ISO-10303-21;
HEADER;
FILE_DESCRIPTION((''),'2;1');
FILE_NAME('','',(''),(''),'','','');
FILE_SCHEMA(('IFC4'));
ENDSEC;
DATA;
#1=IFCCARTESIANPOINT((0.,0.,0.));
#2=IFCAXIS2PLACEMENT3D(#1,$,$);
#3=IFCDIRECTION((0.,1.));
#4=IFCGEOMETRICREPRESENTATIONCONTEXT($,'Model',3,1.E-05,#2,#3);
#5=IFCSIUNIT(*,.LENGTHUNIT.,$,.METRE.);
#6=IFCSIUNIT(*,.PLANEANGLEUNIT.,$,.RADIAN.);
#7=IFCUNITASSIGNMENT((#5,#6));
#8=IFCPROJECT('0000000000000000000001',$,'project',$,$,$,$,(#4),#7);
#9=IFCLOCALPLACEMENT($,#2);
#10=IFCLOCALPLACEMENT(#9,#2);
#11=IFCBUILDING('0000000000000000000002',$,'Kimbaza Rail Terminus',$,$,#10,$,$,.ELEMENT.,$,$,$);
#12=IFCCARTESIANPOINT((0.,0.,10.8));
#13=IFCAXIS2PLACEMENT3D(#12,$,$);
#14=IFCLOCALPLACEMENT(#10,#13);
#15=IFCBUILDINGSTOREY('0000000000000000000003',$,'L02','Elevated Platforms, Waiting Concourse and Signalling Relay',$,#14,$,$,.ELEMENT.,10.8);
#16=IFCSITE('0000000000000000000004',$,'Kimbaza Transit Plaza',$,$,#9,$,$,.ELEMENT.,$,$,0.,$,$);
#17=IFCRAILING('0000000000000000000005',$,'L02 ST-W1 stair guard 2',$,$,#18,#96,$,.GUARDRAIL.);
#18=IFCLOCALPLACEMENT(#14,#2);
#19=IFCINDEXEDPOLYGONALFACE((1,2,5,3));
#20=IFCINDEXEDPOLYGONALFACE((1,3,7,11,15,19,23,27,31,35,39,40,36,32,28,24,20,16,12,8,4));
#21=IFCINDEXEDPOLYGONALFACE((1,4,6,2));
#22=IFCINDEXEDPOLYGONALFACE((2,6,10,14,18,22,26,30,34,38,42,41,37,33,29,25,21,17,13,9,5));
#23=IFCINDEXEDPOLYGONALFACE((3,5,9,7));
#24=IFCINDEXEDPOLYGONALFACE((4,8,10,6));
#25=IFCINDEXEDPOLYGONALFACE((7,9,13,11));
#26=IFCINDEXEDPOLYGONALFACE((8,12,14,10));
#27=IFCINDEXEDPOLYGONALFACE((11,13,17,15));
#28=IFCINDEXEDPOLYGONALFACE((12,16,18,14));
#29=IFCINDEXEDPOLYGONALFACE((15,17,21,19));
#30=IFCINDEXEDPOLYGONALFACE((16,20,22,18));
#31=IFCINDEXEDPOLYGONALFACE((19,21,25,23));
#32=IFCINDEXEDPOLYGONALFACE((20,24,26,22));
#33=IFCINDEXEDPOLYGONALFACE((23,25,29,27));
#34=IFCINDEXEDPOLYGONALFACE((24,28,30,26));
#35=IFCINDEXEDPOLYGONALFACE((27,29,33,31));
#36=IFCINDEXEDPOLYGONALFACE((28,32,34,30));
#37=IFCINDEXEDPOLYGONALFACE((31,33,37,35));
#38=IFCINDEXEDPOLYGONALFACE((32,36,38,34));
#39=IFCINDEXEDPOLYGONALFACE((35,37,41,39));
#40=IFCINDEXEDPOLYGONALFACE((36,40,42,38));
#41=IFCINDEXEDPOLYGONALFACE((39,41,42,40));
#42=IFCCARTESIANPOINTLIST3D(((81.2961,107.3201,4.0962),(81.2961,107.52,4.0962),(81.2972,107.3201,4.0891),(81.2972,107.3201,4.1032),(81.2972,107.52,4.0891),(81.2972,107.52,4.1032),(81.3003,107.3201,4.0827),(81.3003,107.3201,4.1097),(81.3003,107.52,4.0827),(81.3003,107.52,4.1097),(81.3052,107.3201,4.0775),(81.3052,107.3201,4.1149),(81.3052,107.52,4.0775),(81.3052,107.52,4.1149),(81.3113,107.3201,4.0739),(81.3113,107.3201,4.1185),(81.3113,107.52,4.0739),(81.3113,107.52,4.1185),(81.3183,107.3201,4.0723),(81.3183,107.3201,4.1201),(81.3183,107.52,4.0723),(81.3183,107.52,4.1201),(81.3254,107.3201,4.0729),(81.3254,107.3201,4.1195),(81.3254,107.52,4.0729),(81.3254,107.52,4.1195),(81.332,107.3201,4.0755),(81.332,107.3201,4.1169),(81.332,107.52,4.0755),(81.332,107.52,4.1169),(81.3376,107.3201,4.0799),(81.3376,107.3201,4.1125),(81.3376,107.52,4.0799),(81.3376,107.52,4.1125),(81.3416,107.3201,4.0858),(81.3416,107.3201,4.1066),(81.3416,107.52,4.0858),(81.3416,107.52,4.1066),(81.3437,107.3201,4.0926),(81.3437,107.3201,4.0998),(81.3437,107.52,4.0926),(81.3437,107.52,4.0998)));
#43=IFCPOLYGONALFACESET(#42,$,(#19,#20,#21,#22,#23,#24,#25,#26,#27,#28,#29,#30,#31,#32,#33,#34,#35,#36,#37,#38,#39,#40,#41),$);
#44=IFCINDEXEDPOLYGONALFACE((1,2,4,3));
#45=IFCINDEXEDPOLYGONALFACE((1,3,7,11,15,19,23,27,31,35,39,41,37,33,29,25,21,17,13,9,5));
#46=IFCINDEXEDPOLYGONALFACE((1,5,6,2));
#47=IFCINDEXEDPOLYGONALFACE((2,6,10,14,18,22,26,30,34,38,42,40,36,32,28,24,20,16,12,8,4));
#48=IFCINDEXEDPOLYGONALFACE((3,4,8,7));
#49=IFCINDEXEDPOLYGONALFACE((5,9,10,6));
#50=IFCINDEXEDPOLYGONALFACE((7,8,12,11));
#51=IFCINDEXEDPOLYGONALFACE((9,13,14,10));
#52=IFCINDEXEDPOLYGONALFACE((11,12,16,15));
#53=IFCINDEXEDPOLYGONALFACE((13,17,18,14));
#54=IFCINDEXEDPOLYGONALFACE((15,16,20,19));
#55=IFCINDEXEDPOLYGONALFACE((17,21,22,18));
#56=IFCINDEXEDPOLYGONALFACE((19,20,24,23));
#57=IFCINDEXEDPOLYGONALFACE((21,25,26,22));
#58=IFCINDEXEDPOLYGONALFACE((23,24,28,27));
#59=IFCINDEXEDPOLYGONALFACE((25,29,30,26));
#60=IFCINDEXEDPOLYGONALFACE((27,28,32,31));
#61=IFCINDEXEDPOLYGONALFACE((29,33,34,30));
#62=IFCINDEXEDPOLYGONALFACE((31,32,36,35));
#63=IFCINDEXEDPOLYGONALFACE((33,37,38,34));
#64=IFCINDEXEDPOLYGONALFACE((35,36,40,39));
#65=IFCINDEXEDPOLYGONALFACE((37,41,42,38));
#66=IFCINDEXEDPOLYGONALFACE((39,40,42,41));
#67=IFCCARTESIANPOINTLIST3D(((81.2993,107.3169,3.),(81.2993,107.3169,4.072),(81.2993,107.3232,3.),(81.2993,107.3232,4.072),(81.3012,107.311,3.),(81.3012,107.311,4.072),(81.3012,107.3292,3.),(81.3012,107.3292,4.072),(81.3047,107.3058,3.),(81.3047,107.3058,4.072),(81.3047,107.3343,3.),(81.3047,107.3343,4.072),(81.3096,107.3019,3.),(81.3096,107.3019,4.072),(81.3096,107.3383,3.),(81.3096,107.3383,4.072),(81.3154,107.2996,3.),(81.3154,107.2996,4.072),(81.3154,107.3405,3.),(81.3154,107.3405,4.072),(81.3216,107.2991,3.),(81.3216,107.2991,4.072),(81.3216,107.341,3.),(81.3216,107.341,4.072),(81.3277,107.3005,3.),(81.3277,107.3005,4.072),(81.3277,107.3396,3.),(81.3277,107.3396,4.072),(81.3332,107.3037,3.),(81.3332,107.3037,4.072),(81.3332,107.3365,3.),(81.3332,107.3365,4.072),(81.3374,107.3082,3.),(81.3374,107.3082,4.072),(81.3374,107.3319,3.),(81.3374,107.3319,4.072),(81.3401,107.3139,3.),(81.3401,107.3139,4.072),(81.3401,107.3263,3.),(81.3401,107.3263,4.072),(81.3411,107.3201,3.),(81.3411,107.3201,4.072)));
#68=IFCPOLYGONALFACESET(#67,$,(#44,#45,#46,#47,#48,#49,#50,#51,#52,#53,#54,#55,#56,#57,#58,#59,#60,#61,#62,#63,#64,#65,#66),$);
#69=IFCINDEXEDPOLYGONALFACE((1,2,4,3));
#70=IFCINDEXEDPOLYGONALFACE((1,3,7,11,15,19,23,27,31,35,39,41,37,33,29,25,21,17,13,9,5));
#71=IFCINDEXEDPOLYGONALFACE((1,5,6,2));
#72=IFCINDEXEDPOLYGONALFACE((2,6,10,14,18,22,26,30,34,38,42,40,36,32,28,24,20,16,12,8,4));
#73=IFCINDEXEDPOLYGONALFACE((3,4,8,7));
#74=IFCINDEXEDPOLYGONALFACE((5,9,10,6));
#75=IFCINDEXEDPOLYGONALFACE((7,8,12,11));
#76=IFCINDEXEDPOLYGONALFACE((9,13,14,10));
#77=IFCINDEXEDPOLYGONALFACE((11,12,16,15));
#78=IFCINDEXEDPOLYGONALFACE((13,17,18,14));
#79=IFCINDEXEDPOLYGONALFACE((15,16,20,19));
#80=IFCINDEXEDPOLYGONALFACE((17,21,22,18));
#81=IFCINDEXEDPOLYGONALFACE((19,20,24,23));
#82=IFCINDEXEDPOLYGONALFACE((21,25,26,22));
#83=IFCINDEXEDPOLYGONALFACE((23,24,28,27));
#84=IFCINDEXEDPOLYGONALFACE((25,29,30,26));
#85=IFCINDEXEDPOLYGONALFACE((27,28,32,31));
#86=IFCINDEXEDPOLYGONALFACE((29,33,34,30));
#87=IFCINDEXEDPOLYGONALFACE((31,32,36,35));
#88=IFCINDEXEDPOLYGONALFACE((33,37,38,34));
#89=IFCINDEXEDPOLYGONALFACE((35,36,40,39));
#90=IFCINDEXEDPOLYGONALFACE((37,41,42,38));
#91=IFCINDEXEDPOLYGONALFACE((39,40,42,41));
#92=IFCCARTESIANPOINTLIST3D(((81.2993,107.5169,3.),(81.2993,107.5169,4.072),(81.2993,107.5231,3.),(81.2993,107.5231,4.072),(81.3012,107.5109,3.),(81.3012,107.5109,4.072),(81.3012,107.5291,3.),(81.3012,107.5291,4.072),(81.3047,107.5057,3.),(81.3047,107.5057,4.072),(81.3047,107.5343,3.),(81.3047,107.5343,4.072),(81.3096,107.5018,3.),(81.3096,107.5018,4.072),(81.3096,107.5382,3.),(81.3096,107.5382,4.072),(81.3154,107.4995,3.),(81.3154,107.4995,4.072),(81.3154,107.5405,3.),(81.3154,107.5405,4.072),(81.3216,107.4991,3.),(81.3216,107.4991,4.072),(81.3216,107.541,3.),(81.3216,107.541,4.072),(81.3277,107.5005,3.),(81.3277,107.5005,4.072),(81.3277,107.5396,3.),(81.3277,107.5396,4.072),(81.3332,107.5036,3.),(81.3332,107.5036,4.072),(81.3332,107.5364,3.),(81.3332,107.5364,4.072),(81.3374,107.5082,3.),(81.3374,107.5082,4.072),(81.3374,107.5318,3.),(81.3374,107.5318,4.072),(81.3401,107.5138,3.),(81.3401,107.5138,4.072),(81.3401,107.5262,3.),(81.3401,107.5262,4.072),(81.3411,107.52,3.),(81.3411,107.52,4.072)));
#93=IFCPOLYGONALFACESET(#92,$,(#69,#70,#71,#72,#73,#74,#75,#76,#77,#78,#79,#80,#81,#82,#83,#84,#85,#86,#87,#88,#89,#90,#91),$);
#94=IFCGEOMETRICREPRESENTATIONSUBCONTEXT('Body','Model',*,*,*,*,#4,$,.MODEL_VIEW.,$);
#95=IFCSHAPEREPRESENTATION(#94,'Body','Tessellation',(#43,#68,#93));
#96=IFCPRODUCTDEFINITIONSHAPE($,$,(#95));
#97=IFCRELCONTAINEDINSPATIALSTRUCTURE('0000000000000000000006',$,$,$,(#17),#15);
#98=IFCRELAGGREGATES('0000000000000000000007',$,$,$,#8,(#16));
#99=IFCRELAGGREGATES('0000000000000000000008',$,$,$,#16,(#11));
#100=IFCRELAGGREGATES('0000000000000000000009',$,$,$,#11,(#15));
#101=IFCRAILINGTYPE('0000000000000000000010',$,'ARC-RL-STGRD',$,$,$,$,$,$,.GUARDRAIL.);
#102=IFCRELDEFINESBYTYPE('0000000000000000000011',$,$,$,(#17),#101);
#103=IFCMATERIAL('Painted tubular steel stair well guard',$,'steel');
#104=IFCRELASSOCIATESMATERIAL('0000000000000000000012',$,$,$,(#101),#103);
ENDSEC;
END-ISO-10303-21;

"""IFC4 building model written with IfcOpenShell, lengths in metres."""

from ifc_helpers import new_model, si_unit, direction, frame, origin, origin_2d, place, context, subcontext, project, spatial, circle, extrude, material, type_object, element, save


model = new_model("IFC4")

# Units and contexts
model_context = context("Model", 3, precision=1e-05, world=origin(), true_north=direction((0.0, 1.0)))
body_context = subcontext(model_context, "Body", "Model", "MODEL_VIEW")
ifc_project = project(units=[si_unit("LENGTHUNIT", "METRE"), si_unit("PLANEANGLEUNIT", "RADIAN")], contexts=[model_context])

# Site, building, storey
site_placement = place(None, origin())
site = spatial("IfcSite", under=ifc_project, at=site_placement, Name="Kimbaza Transit Plaza", CompositionType="ELEMENT", RefElevation=0.0)
building_placement = place(site_placement, origin())
building = spatial("IfcBuilding", under=site, at=building_placement, Name="Kimbaza Rail Terminus", CompositionType="ELEMENT")
storey_placement = place(building_placement, frame((0.0, 0.0, 10.8)))
storey = spatial("IfcBuildingStorey", under=building, at=storey_placement, Name="L02", Description="Elevated Platforms, Waiting Concourse and Signalling Relay", CompositionType="ELEMENT", Elevation=10.8)

# Railing
ifc_material_1 = material(Name="Painted tubular steel stair well guard", Category="steel")
railing_type_1 = type_object("IfcRailingType", Name="ARC-RL-STGRD", PredefinedType="GUARDRAIL", material=ifc_material_1)
railing_1_placement = place(storey_placement, frame((81.3201, 107.3201, 3.0)))
element("IfcRailing", 1, at=railing_1_placement, inside=storey, type_object=railing_type_1, Name="L02 ST-W1 stair guard 2", PredefinedType="GUARDRAIL", context=body_context, shape_type="SweptSolid", body=[
    extrude(circle(Radius=0.0239, at=origin_2d()), frame((0.0, 0.0, 1.0962), z_axis=(0.0, 1.0, 0.0), x_axis=(-1.0, 0.0, 0.0)), (0.0, 0.0, 1.0), 0.2),
    extrude(circle(Radius=0.021, at=origin_2d()), origin(), (0.0, 0.0, 1.0), 1.072),
    extrude(circle(Radius=0.021, at=origin_2d()), frame((0.0, 0.2, 0.0)), (0.0, 0.0, 1.0), 1.072),
])

save(model, "model.ifc")
